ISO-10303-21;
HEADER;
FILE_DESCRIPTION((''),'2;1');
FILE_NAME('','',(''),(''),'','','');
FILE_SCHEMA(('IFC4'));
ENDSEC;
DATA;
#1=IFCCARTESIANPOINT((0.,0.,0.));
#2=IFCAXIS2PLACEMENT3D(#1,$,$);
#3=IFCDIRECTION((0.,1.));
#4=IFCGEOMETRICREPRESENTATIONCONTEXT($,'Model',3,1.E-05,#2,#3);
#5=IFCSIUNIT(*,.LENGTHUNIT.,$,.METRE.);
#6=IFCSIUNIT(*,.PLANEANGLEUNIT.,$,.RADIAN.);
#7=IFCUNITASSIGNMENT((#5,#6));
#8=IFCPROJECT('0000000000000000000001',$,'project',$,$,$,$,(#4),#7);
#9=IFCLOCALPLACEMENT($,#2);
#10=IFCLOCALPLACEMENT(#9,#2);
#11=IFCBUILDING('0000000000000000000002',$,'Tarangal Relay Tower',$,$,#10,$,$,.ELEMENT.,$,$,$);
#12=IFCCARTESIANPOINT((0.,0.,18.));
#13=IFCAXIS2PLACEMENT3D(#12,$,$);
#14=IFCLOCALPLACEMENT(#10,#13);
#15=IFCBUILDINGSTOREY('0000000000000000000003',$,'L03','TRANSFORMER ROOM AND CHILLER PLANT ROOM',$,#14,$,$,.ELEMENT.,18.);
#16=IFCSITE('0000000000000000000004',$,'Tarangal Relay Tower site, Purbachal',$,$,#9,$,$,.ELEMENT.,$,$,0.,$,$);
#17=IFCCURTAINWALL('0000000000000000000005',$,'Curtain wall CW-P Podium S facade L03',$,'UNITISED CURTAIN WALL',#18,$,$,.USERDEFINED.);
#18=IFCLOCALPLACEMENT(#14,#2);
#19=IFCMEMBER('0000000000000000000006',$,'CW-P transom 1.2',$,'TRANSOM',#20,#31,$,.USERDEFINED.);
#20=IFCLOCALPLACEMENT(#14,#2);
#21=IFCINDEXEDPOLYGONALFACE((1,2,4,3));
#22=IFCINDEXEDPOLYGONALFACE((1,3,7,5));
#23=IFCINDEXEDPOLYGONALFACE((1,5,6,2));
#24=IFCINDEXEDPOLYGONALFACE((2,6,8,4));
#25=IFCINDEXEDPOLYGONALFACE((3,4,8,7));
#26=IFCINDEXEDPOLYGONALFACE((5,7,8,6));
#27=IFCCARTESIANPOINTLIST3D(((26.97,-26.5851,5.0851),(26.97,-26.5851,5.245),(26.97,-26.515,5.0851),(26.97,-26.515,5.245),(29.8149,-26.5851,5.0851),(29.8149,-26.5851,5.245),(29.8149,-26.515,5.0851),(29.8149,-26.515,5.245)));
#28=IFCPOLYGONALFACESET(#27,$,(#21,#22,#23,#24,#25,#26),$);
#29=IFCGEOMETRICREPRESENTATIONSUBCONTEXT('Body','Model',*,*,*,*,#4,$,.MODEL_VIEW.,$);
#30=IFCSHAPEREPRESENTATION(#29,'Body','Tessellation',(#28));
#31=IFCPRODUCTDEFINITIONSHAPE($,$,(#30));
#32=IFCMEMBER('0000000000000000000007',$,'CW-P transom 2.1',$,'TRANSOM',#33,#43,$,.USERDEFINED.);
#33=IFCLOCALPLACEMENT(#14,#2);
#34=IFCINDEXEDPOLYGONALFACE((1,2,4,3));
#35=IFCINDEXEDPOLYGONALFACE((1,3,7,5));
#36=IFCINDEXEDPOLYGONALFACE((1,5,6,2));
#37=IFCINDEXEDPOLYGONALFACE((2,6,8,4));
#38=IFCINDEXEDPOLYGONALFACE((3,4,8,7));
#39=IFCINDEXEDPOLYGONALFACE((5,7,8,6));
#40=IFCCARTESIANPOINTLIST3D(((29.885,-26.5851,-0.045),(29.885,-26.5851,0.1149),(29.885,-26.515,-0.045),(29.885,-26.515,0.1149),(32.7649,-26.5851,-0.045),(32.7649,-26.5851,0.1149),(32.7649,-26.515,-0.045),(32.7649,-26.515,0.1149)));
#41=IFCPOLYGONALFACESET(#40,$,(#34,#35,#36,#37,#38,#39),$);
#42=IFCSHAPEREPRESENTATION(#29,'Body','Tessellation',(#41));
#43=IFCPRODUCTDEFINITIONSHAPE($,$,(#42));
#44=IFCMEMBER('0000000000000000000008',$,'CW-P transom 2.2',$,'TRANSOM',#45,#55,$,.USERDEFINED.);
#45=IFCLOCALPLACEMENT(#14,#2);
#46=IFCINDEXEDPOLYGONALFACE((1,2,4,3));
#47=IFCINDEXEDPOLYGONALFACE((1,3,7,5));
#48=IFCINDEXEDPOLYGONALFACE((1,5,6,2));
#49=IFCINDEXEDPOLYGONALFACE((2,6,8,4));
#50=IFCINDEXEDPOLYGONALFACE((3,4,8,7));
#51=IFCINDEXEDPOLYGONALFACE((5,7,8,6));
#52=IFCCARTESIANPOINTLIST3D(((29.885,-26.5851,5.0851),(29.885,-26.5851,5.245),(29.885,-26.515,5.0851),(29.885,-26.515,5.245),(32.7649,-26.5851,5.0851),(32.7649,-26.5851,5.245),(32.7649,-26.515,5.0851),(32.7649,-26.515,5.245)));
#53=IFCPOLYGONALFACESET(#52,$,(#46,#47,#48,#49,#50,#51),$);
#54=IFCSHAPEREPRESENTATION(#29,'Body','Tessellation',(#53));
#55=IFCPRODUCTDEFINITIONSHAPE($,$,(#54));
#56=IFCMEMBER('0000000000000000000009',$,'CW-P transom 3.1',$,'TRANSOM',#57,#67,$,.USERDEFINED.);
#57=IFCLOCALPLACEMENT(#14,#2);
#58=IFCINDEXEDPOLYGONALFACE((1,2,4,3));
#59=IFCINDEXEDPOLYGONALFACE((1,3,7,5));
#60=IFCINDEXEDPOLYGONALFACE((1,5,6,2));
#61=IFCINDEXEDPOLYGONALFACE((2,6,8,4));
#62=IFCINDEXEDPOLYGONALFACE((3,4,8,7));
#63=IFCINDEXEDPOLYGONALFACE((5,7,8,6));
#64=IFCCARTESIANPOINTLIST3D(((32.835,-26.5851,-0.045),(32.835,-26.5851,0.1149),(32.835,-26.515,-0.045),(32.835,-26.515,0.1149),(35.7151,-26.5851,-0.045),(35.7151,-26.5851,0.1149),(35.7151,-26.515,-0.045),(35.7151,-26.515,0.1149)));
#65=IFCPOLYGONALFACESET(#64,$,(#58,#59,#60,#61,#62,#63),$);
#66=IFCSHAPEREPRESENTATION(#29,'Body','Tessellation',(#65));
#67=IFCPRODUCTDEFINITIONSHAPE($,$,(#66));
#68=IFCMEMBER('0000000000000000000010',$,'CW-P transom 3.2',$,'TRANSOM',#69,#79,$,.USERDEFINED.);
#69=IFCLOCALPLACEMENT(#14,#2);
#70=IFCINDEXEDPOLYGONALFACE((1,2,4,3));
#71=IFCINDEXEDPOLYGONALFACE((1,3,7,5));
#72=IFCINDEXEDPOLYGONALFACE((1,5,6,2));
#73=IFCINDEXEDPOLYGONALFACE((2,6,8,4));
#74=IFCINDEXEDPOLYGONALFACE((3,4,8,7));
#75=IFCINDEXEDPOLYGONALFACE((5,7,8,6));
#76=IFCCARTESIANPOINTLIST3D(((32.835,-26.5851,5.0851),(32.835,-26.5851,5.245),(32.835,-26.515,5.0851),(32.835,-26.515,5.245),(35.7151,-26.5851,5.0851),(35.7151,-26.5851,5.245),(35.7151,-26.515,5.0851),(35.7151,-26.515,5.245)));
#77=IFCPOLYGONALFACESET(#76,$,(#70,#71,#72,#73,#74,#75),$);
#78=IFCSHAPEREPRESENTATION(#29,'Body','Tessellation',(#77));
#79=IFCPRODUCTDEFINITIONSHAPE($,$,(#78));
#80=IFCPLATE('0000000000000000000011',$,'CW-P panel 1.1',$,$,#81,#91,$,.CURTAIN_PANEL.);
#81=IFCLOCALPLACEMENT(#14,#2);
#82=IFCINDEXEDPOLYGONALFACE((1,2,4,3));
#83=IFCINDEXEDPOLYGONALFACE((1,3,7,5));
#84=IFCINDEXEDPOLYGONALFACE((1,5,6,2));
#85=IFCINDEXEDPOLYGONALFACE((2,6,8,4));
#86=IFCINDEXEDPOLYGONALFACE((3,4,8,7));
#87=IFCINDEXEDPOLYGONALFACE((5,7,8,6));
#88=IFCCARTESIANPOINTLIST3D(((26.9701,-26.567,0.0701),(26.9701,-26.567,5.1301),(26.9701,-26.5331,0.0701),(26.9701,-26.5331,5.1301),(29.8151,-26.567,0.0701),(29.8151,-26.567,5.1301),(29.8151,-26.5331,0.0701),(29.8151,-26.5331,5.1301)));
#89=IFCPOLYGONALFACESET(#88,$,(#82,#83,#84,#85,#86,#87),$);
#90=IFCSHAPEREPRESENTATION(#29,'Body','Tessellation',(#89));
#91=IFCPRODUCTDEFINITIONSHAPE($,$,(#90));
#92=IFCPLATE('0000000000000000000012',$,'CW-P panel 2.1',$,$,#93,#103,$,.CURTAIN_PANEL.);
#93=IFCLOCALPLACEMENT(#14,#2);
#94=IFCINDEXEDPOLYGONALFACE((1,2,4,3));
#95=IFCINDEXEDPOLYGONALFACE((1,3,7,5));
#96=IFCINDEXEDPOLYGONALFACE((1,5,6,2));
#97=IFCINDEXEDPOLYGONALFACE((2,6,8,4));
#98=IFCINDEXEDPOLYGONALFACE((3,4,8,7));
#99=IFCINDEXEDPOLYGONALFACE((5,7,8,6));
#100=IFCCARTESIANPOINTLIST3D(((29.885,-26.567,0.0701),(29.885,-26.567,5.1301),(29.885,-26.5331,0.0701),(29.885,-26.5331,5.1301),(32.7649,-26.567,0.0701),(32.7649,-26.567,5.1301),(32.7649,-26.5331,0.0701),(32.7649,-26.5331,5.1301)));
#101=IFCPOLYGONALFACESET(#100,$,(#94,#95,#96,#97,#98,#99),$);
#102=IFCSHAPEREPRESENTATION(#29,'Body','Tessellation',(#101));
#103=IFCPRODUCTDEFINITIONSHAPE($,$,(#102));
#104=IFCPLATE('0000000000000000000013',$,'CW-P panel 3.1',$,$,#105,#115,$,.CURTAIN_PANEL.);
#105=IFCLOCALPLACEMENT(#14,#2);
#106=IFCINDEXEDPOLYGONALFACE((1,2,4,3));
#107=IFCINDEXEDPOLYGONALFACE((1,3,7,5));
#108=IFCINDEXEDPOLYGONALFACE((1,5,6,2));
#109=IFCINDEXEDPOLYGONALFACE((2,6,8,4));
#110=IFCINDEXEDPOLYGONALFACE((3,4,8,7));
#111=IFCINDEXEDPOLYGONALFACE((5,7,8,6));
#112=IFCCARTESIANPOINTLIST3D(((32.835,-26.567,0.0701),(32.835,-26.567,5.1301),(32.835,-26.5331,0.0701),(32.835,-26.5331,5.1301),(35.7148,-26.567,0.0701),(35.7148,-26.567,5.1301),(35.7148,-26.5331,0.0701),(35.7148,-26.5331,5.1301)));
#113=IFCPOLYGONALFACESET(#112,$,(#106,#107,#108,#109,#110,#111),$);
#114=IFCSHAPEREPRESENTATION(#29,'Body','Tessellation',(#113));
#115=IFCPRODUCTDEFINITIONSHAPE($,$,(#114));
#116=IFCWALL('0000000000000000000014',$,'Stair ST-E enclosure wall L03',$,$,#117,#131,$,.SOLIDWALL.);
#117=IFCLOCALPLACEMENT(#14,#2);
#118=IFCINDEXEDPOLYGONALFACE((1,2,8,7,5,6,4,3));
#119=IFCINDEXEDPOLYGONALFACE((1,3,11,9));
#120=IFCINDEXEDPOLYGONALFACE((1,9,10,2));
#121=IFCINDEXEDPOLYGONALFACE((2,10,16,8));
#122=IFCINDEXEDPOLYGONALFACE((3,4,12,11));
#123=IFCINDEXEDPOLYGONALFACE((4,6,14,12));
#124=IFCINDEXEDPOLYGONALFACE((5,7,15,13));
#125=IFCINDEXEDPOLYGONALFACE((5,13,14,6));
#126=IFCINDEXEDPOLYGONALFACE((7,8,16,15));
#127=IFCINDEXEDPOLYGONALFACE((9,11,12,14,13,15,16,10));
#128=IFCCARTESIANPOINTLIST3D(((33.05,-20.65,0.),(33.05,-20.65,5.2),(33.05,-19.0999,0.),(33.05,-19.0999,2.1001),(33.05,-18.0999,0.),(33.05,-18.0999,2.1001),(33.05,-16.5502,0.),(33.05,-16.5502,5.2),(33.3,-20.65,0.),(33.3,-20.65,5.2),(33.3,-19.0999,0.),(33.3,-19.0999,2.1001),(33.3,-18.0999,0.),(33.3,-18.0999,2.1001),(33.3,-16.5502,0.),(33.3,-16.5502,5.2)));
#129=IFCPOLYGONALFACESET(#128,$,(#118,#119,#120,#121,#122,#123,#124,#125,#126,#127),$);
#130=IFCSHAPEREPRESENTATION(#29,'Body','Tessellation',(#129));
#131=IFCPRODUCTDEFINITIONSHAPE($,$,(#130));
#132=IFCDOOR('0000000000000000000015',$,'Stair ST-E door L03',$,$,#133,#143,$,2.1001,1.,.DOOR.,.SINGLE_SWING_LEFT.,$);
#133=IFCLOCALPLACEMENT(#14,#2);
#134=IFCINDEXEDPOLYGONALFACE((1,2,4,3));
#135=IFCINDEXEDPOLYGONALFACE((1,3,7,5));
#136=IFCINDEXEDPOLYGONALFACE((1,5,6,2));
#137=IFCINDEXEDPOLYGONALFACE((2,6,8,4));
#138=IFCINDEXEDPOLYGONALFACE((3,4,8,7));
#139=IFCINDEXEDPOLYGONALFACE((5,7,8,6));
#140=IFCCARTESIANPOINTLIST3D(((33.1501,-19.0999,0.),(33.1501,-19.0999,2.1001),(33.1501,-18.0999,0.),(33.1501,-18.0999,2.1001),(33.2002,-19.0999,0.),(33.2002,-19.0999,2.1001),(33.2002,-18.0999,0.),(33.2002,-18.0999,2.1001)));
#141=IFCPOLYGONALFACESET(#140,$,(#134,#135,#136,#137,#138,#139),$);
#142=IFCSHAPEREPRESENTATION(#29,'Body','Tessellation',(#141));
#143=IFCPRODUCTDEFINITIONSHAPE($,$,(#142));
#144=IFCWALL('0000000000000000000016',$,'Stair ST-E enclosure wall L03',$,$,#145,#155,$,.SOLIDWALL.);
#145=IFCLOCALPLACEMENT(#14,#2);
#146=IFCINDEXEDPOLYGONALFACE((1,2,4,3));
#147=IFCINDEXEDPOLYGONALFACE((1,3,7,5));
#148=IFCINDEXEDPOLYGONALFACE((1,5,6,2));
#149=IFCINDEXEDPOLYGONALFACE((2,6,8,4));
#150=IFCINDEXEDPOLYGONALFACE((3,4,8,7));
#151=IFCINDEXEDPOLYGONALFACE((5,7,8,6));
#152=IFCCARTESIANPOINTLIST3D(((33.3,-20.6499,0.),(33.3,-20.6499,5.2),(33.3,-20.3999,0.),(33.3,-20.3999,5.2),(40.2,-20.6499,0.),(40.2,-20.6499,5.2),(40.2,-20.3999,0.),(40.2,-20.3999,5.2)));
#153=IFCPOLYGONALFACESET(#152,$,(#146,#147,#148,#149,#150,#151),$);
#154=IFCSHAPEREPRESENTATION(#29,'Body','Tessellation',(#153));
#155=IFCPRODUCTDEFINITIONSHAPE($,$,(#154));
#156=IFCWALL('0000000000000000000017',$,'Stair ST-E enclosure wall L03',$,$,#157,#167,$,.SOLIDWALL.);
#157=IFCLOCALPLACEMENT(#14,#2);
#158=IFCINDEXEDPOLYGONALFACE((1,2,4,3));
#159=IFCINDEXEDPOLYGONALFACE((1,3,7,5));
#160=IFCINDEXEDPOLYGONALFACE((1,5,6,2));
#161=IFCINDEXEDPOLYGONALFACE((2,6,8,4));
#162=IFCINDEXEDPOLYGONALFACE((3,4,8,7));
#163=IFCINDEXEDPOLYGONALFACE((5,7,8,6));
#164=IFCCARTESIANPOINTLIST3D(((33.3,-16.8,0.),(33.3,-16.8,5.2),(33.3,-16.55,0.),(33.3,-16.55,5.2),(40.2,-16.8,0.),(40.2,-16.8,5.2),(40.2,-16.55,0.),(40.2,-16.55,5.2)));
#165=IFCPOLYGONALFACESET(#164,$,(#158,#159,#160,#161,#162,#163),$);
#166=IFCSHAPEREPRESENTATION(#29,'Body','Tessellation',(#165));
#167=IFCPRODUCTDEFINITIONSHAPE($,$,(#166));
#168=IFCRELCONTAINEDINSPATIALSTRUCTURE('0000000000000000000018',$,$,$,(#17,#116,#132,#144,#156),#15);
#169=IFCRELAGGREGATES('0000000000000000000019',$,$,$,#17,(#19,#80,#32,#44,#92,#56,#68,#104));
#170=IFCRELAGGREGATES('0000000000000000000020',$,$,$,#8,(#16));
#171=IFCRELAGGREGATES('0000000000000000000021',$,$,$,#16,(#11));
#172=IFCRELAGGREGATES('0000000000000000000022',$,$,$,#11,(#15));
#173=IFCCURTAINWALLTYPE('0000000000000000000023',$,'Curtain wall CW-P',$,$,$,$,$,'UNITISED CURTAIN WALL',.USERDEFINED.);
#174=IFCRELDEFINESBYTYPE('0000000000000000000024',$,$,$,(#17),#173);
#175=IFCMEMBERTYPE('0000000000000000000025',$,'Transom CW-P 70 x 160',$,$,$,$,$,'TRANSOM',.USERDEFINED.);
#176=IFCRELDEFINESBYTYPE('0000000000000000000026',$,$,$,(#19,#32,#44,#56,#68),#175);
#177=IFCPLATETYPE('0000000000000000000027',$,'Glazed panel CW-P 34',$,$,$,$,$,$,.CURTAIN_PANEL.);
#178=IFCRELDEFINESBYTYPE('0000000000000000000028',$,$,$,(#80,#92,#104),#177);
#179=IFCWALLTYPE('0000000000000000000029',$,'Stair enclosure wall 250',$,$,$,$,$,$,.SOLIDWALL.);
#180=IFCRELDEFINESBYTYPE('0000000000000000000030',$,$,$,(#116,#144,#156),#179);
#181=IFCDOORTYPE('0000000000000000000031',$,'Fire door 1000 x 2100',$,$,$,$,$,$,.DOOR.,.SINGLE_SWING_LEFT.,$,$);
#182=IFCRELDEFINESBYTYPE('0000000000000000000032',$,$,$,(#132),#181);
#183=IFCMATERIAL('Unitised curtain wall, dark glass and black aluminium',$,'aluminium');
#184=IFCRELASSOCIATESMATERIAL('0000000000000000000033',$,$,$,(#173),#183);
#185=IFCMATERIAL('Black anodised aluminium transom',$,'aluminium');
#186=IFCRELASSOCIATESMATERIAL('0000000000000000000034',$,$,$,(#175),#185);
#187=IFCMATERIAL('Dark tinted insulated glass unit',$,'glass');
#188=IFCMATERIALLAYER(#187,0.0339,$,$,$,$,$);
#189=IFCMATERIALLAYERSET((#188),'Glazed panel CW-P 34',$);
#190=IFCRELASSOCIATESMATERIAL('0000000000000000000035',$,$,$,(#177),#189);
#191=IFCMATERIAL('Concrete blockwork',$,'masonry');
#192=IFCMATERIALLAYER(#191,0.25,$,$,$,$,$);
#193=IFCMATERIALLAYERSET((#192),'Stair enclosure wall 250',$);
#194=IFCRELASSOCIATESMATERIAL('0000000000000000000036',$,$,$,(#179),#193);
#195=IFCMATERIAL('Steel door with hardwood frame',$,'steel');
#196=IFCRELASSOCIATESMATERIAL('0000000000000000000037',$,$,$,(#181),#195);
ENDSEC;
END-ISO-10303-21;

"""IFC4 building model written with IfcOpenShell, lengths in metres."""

from ifc_helpers import new_model, si_unit, direction, frame, frame_2d, origin, origin_2d, place, context, subcontext, project, spatial, rectangle, extrude, material, layer, layer_set, material_profile, profile_set, type_object, element, fill, aggregate, save


model = new_model("IFC4")

# Units and contexts
model_context = context("Model", 3, precision=1e-05, world=origin(), true_north=direction((0.0, 1.0)))
body_context = subcontext(model_context, "Body", "Model", "MODEL_VIEW")
ifc_project = project(units=[si_unit("LENGTHUNIT", "METRE"), si_unit("PLANEANGLEUNIT", "RADIAN")], contexts=[model_context])

# Site, building, storey
site_placement = place(None, origin())
site = spatial("IfcSite", under=ifc_project, at=site_placement, Name="Tarangal Relay Tower site, Purbachal", CompositionType="ELEMENT", RefElevation=0.0)
building_placement = place(site_placement, origin())
building = spatial("IfcBuilding", under=site, at=building_placement, Name="Tarangal Relay Tower", CompositionType="ELEMENT")
storey_placement = place(building_placement, frame((0.0, 0.0, 18.0)))
storey = spatial("IfcBuildingStorey", under=building, at=storey_placement, Name="L03", Description="TRANSFORMER ROOM AND CHILLER PLANT ROOM", CompositionType="ELEMENT", Elevation=18.0)

# Curtain wall
ifc_material_1 = material(Name="Unitised curtain wall, dark glass and black aluminium", Category="aluminium")
curtain_wall_type = type_object("IfcCurtainWallType", Name="Curtain wall CW-P", ElementType="UNITISED CURTAIN WALL", PredefinedType="USERDEFINED", material=ifc_material_1)
curtain_wall_placement = place(storey_placement, origin())
curtain_wall = element("IfcCurtainWall", 1, at=curtain_wall_placement, inside=storey, type_object=curtain_wall_type, Name="Curtain wall CW-P Podium S facade L03", ObjectType="UNITISED CURTAIN WALL", PredefinedType="USERDEFINED")

# Members
ifc_material_2 = material(Name="Black anodised aluminium transom", Category="aluminium")
ifc_material_profile_1 = material_profile(ifc_material_2, rectangle(XDim=0.0701, YDim=0.1599, at=origin_2d()), Name="CW-PT 70X160")
ifc_profile_set_1 = profile_set([ifc_material_profile_1], Name="Black anodised aluminium transom")
member_type_1 = type_object("IfcMemberType", Name="Transom CW-P 70 x 160", ElementType="TRANSOM", PredefinedType="USERDEFINED", material=ifc_profile_set_1)
member_1_placement = place(storey_placement, frame((26.97, -26.55, 5.165), z_axis=(1.0, 0.0, 0.0), x_axis=(0.0, 1.0, 0.0)))
member_1 = element("IfcMember", 2, at=member_1_placement, type_object=member_type_1, Name="CW-P transom 1.2", ObjectType="TRANSOM", PredefinedType="USERDEFINED", context=body_context, shape_type="SweptSolid", body=[
    extrude(rectangle(XDim=0.0701, YDim=0.1599, at=origin_2d()), origin(), (0.0, 0.0, 1.0), 2.845),
])
member_2_placement = place(storey_placement, frame((29.885, -26.55, 0.0349), z_axis=(1.0, 0.0, 0.0), x_axis=(0.0, 1.0, 0.0)))
member_2 = element("IfcMember", 3, at=member_2_placement, type_object=member_type_1, Name="CW-P transom 2.1", ObjectType="TRANSOM", PredefinedType="USERDEFINED", context=body_context, shape_type="SweptSolid", body=[
    extrude(rectangle(XDim=0.0701, YDim=0.1599, at=origin_2d()), origin(), (0.0, 0.0, 1.0), 2.8799),
])
member_3_placement = place(storey_placement, frame((29.885, -26.55, 5.165), z_axis=(1.0, 0.0, 0.0), x_axis=(0.0, 1.0, 0.0)))
member_3 = element("IfcMember", 4, at=member_3_placement, type_object=member_type_1, Name="CW-P transom 2.2", ObjectType="TRANSOM", PredefinedType="USERDEFINED", context=body_context, shape_type="SweptSolid", body=[
    extrude(rectangle(XDim=0.0701, YDim=0.1599, at=origin_2d()), origin(), (0.0, 0.0, 1.0), 2.8799),
])
member_4_placement = place(storey_placement, frame((32.835, -26.55, 0.0349), z_axis=(1.0, 0.0, 0.0), x_axis=(0.0, 1.0, 0.0)))
member_4 = element("IfcMember", 5, at=member_4_placement, type_object=member_type_1, Name="CW-P transom 3.1", ObjectType="TRANSOM", PredefinedType="USERDEFINED", context=body_context, shape_type="SweptSolid", body=[
    extrude(rectangle(XDim=0.0701, YDim=0.1599, at=origin_2d()), origin(), (0.0, 0.0, 1.0), 2.8801),
])
member_5_placement = place(storey_placement, frame((32.835, -26.55, 5.165), z_axis=(1.0, 0.0, 0.0), x_axis=(0.0, 1.0, 0.0)))
member_5 = element("IfcMember", 6, at=member_5_placement, type_object=member_type_1, Name="CW-P transom 3.2", ObjectType="TRANSOM", PredefinedType="USERDEFINED", context=body_context, shape_type="SweptSolid", body=[
    extrude(rectangle(XDim=0.0701, YDim=0.1599, at=origin_2d()), origin(), (0.0, 0.0, 1.0), 2.8801),
])

# Plates
ifc_material_3 = material(Name="Dark tinted insulated glass unit", Category="glass")
ifc_layer_1 = layer(ifc_material_3, 0.0339)
ifc_layer_set_1 = layer_set([ifc_layer_1], Name="Glazed panel CW-P 34")
plate_type = type_object("IfcPlateType", Name="Glazed panel CW-P 34", PredefinedType="CURTAIN_PANEL", material=ifc_layer_set_1)
plate_1_placement = place(storey_placement, frame((28.3926, -26.55, 0.0701), z_axis=(0.0, 0.0, 1.0), x_axis=(1.0, 0.0, 0.0)))
plate_1 = element("IfcPlate", 7, at=plate_1_placement, type_object=plate_type, Name="CW-P panel 1.1", PredefinedType="CURTAIN_PANEL", context=body_context, shape_type="SweptSolid", body=[
    extrude(rectangle(XDim=2.845, YDim=0.0339, at=origin_2d()), origin(), (0.0, 0.0, 1.0), 5.0601),
])
plate_2_placement = place(storey_placement, frame((31.325, -26.55, 0.0701), z_axis=(0.0, 0.0, 1.0), x_axis=(1.0, 0.0, 0.0)))
plate_2 = element("IfcPlate", 8, at=plate_2_placement, type_object=plate_type, Name="CW-P panel 2.1", PredefinedType="CURTAIN_PANEL", context=body_context, shape_type="SweptSolid", body=[
    extrude(rectangle(XDim=2.8799, YDim=0.0339, at=origin_2d()), origin(), (0.0, 0.0, 1.0), 5.0601),
])
plate_3_placement = place(storey_placement, frame((34.2749, -26.55, 0.0701), z_axis=(0.0, 0.0, 1.0), x_axis=(1.0, 0.0, 0.0)))
plate_3 = element("IfcPlate", 9, at=plate_3_placement, type_object=plate_type, Name="CW-P panel 3.1", PredefinedType="CURTAIN_PANEL", context=body_context, shape_type="SweptSolid", body=[
    extrude(rectangle(XDim=2.8799, YDim=0.0339, at=origin_2d()), origin(), (0.0, 0.0, 1.0), 5.0601),
])
aggregate(curtain_wall, [member_1, plate_1, member_2, member_3, plate_2, member_4, member_5, plate_3])

# Wall, opening, door
ifc_material_4 = material(Name="Concrete blockwork", Category="masonry")
ifc_layer_2 = layer(ifc_material_4, 0.25)
ifc_layer_set_2 = layer_set([ifc_layer_2], Name="Stair enclosure wall 250")
wall_type = type_object("IfcWallType", Name="Stair enclosure wall 250", PredefinedType="SOLIDWALL", material=ifc_layer_set_2)
wall_placement = place(storey_placement, frame((33.175, -20.6499, 0.0), z_axis=(0.0, 0.0, 1.0), x_axis=(0.0, 1.0, 0.0)))
wall = element("IfcWall", 10, at=wall_placement, inside=storey, type_object=wall_type, Name="Stair ST-E enclosure wall L03", PredefinedType="SOLIDWALL", context=body_context, shape_type="SweptSolid", body=[
    extrude(rectangle(XDim=4.0999, YDim=0.25, at=frame_2d((2.0498, 0.0))), origin(), (0.0, 0.0, 1.0), 5.2),
])
opening_placement = place(wall_placement, frame((1.55, 0.0, 0.0)))
opening = element("IfcOpeningElement", 11, at=opening_placement, cuts=wall, PredefinedType="OPENING", context=body_context, shape_type="SweptSolid", body=[
    extrude(rectangle(XDim=1.0, YDim=2.1001, at=frame_2d((0.5, 1.05))), frame((0.0, 0.135, 0.0), z_axis=(0.0, -1.0, 0.0), x_axis=(1.0, 0.0, 0.0)), (0.0, 0.0, 1.0), 0.27),
])
ifc_material_5 = material(Name="Steel door with hardwood frame", Category="steel")
door_type = type_object("IfcDoorType", Name="Fire door 1000 x 2100", OperationType="SINGLE_SWING_LEFT", PredefinedType="DOOR", material=ifc_material_5)
door_placement = place(opening_placement, origin())
door = element("IfcDoor", 12, at=door_placement, inside=storey, type_object=door_type, Name="Stair ST-E door L03", OperationType="SINGLE_SWING_LEFT", OverallHeight=2.1001, OverallWidth=1.0, PredefinedType="DOOR", context=body_context, shape_type="SweptSolid", body=[
    extrude(rectangle(XDim=1.0, YDim=2.1001, at=frame_2d((0.5, 1.05))), frame((0.0, 0.0249, 0.0), z_axis=(0.0, -1.0, 0.0), x_axis=(1.0, 0.0, 0.0)), (0.0, 0.0, 1.0), 0.05),
])
fill(opening, door)

# Walls
for number, where, z_axis, x_axis, name in (
    (13, (33.3, -20.5249, 0.0), (0.0, 0.0, 1.0), (1.0, 0.0, 0.0), "Stair ST-E enclosure wall L03"),
    (14, (33.3, -16.675, 0.0), (0.0, 0.0, 1.0), (1.0, 0.0, 0.0), "Stair ST-E enclosure wall L03"),
):
    element("IfcWall", number, at=place(storey_placement, frame(where, z_axis=z_axis, x_axis=x_axis)), inside=storey, type_object=wall_type, Name=name, PredefinedType="SOLIDWALL", context=body_context, shape_type="SweptSolid", body=[
        extrude(rectangle(XDim=6.8999, YDim=0.25, at=frame_2d((3.45, 0.0))), origin(), (0.0, 0.0, 1.0), 5.2),
    ])

save(model, "model.ifc")
